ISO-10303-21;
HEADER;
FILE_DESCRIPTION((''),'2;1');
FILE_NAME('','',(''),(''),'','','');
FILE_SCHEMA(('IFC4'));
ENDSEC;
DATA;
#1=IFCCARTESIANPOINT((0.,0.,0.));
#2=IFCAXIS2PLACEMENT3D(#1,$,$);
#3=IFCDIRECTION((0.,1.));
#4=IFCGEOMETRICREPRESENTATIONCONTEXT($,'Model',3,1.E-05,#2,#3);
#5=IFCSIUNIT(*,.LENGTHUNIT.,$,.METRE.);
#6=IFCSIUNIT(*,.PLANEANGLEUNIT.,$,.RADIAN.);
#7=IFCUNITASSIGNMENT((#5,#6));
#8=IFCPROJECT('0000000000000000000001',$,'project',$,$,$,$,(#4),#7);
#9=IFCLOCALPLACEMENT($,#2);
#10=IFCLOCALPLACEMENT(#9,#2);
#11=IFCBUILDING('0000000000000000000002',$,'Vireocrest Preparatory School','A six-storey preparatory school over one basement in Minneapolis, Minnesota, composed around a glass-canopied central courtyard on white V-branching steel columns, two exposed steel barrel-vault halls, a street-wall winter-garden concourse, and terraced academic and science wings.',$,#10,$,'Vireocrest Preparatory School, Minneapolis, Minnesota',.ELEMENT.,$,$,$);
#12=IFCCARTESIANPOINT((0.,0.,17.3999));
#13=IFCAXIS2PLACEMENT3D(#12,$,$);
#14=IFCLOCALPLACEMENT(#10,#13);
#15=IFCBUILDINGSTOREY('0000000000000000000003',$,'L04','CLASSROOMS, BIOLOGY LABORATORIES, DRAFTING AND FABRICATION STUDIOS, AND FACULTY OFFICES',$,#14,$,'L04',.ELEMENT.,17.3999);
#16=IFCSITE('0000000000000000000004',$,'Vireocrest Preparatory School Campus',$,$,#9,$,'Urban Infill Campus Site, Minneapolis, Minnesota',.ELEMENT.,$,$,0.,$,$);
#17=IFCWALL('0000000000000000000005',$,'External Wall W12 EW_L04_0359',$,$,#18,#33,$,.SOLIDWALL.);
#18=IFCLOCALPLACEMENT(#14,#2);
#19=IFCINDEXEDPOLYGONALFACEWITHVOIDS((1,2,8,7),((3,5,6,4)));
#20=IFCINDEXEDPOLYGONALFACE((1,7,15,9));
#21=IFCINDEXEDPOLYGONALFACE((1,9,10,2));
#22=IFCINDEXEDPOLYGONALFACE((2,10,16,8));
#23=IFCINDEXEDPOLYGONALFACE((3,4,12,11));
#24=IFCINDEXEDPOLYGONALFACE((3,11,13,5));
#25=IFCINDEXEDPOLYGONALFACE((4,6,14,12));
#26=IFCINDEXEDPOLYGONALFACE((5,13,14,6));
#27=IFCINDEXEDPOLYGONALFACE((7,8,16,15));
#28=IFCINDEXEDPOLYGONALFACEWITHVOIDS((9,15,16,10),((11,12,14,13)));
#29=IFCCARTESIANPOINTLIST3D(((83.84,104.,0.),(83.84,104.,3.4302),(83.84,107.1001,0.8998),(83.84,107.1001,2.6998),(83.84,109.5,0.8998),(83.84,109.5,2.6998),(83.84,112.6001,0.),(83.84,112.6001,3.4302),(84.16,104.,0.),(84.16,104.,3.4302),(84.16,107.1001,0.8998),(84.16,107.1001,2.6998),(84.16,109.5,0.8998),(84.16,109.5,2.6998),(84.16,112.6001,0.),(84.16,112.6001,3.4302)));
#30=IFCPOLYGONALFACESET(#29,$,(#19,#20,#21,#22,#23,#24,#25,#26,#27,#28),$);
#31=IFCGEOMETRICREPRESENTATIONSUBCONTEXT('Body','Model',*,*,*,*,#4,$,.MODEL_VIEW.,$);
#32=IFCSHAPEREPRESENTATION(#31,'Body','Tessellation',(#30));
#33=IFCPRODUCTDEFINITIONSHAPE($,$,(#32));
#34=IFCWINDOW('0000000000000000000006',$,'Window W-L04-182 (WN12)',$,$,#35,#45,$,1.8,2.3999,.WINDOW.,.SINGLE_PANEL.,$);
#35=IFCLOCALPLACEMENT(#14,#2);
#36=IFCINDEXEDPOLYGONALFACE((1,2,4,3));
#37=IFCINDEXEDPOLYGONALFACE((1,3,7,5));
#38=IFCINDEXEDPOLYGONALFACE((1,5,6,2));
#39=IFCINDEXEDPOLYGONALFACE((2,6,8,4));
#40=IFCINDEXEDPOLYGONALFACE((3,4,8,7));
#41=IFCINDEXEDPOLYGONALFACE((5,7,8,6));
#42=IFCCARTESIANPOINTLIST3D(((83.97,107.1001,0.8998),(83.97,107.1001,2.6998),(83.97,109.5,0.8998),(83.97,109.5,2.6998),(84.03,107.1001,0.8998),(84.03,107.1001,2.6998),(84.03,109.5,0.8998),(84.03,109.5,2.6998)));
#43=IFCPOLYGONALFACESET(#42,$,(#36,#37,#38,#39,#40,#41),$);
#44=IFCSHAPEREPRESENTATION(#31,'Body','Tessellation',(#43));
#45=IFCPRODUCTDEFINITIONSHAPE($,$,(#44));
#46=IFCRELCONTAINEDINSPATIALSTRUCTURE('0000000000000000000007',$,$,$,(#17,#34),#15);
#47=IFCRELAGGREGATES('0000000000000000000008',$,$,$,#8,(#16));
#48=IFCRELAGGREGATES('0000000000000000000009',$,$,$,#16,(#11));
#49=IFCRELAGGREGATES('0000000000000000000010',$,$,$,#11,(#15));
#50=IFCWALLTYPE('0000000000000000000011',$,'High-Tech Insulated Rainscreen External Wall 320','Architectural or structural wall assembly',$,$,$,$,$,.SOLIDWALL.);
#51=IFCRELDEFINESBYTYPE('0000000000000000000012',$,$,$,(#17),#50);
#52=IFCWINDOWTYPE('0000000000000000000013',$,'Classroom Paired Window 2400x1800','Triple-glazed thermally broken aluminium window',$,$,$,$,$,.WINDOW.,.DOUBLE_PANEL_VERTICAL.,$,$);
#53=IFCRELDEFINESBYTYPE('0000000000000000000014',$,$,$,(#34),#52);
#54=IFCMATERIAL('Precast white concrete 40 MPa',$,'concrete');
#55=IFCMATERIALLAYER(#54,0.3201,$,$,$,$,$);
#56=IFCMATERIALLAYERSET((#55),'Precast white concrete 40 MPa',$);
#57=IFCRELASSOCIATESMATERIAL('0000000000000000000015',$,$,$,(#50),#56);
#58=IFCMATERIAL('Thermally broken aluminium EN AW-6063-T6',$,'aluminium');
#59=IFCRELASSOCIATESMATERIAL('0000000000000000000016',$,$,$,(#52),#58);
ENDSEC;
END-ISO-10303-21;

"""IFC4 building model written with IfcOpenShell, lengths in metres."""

from ifc_helpers import new_model, si_unit, direction, frame, frame_2d, origin, place, context, subcontext, project, spatial, rectangle, extrude, material, layer, layer_set, type_object, element, fill, save


model = new_model("IFC4")

# Units and contexts
model_context = context("Model", 3, precision=1e-05, world=origin(), true_north=direction((0.0, 1.0)))
body_context = subcontext(model_context, "Body", "Model", "MODEL_VIEW")
ifc_project = project(units=[si_unit("LENGTHUNIT", "METRE"), si_unit("PLANEANGLEUNIT", "RADIAN")], contexts=[model_context])

# Site, building, storey
site_placement = place(None, origin())
site = spatial("IfcSite", under=ifc_project, at=site_placement, Name="Vireocrest Preparatory School Campus", LongName="Urban Infill Campus Site, Minneapolis, Minnesota", CompositionType="ELEMENT", RefElevation=0.0)
building_placement = place(site_placement, origin())
building = spatial("IfcBuilding", under=site, at=building_placement, Name="Vireocrest Preparatory School", Description="A six-storey preparatory school over one basement in Minneapolis, Minnesota, composed around a glass-canopied central courtyard on white V-branching steel columns, two exposed steel barrel-vault halls, a street-wall winter-garden concourse, and terraced academic and science wings.", LongName="Vireocrest Preparatory School, Minneapolis, Minnesota", CompositionType="ELEMENT")
storey_placement = place(building_placement, frame((0.0, 0.0, 17.3999)))
storey = spatial("IfcBuildingStorey", under=building, at=storey_placement, Name="L04", Description="CLASSROOMS, BIOLOGY LABORATORIES, DRAFTING AND FABRICATION STUDIOS, AND FACULTY OFFICES", LongName="L04", CompositionType="ELEMENT", Elevation=17.3999)

# Wall, opening, window
ifc_material_1 = material(Name="Precast white concrete 40 MPa", Category="concrete")
ifc_layer_1 = layer(ifc_material_1, 0.3201)
ifc_layer_set_1 = layer_set([ifc_layer_1], Name="Precast white concrete 40 MPa")
wall_type_1 = type_object("IfcWallType", Name="High-Tech Insulated Rainscreen External Wall 320", Description="Architectural or structural wall assembly", PredefinedType="SOLIDWALL", material=ifc_layer_set_1)
wall_1_placement = place(storey_placement, frame((84.0, 104.0, 0.0), z_axis=(0.0, 0.0, 1.0), x_axis=(0.0, 1.0, 0.0)))
wall_1 = element("IfcWall", 1, at=wall_1_placement, inside=storey, type_object=wall_type_1, Name="External Wall W12 EW_L04_0359", PredefinedType="SOLIDWALL", context=body_context, shape_type="SweptSolid", body=[
    extrude(rectangle(XDim=8.6001, YDim=0.3201, at=frame_2d((4.3, 0.0))), origin(), (0.0, 0.0, 1.0), 3.4302),
])
opening_placement = place(wall_1_placement, frame((3.1001, 0.0, 0.8999)))
opening = element("IfcOpeningElement", 2, at=opening_placement, cuts=wall_1, PredefinedType="OPENING", context=body_context, shape_type="SweptSolid", body=[
    extrude(rectangle(XDim=2.3999, YDim=1.8, at=frame_2d((1.2, 0.8999))), frame((0.0, 0.1699, 0.0), z_axis=(0.0, -1.0, 0.0), x_axis=(1.0, 0.0, 0.0)), (0.0, 0.0, 1.0), 0.3401),
])
ifc_material_2 = material(Name="Thermally broken aluminium EN AW-6063-T6", Category="aluminium")
window_type = type_object("IfcWindowType", Name="Classroom Paired Window 2400x1800", Description="Triple-glazed thermally broken aluminium window", PartitioningType="DOUBLE_PANEL_VERTICAL", PredefinedType="WINDOW", material=ifc_material_2)
window_placement = place(opening_placement, origin())
window = element("IfcWindow", 3, at=window_placement, inside=storey, type_object=window_type, Name="Window W-L04-182 (WN12)", OverallHeight=1.8, OverallWidth=2.3999, PartitioningType="SINGLE_PANEL", PredefinedType="WINDOW", context=body_context, shape_type="SweptSolid", body=[
    extrude(rectangle(XDim=2.3999, YDim=1.8, at=frame_2d((1.2, 0.8999))), frame((0.0, 0.03, 0.0), z_axis=(0.0, -1.0, 0.0), x_axis=(1.0, 0.0, 0.0)), (0.0, 0.0, 1.0), 0.0601),
])
fill(opening, window)

save(model, "model.ifc")
